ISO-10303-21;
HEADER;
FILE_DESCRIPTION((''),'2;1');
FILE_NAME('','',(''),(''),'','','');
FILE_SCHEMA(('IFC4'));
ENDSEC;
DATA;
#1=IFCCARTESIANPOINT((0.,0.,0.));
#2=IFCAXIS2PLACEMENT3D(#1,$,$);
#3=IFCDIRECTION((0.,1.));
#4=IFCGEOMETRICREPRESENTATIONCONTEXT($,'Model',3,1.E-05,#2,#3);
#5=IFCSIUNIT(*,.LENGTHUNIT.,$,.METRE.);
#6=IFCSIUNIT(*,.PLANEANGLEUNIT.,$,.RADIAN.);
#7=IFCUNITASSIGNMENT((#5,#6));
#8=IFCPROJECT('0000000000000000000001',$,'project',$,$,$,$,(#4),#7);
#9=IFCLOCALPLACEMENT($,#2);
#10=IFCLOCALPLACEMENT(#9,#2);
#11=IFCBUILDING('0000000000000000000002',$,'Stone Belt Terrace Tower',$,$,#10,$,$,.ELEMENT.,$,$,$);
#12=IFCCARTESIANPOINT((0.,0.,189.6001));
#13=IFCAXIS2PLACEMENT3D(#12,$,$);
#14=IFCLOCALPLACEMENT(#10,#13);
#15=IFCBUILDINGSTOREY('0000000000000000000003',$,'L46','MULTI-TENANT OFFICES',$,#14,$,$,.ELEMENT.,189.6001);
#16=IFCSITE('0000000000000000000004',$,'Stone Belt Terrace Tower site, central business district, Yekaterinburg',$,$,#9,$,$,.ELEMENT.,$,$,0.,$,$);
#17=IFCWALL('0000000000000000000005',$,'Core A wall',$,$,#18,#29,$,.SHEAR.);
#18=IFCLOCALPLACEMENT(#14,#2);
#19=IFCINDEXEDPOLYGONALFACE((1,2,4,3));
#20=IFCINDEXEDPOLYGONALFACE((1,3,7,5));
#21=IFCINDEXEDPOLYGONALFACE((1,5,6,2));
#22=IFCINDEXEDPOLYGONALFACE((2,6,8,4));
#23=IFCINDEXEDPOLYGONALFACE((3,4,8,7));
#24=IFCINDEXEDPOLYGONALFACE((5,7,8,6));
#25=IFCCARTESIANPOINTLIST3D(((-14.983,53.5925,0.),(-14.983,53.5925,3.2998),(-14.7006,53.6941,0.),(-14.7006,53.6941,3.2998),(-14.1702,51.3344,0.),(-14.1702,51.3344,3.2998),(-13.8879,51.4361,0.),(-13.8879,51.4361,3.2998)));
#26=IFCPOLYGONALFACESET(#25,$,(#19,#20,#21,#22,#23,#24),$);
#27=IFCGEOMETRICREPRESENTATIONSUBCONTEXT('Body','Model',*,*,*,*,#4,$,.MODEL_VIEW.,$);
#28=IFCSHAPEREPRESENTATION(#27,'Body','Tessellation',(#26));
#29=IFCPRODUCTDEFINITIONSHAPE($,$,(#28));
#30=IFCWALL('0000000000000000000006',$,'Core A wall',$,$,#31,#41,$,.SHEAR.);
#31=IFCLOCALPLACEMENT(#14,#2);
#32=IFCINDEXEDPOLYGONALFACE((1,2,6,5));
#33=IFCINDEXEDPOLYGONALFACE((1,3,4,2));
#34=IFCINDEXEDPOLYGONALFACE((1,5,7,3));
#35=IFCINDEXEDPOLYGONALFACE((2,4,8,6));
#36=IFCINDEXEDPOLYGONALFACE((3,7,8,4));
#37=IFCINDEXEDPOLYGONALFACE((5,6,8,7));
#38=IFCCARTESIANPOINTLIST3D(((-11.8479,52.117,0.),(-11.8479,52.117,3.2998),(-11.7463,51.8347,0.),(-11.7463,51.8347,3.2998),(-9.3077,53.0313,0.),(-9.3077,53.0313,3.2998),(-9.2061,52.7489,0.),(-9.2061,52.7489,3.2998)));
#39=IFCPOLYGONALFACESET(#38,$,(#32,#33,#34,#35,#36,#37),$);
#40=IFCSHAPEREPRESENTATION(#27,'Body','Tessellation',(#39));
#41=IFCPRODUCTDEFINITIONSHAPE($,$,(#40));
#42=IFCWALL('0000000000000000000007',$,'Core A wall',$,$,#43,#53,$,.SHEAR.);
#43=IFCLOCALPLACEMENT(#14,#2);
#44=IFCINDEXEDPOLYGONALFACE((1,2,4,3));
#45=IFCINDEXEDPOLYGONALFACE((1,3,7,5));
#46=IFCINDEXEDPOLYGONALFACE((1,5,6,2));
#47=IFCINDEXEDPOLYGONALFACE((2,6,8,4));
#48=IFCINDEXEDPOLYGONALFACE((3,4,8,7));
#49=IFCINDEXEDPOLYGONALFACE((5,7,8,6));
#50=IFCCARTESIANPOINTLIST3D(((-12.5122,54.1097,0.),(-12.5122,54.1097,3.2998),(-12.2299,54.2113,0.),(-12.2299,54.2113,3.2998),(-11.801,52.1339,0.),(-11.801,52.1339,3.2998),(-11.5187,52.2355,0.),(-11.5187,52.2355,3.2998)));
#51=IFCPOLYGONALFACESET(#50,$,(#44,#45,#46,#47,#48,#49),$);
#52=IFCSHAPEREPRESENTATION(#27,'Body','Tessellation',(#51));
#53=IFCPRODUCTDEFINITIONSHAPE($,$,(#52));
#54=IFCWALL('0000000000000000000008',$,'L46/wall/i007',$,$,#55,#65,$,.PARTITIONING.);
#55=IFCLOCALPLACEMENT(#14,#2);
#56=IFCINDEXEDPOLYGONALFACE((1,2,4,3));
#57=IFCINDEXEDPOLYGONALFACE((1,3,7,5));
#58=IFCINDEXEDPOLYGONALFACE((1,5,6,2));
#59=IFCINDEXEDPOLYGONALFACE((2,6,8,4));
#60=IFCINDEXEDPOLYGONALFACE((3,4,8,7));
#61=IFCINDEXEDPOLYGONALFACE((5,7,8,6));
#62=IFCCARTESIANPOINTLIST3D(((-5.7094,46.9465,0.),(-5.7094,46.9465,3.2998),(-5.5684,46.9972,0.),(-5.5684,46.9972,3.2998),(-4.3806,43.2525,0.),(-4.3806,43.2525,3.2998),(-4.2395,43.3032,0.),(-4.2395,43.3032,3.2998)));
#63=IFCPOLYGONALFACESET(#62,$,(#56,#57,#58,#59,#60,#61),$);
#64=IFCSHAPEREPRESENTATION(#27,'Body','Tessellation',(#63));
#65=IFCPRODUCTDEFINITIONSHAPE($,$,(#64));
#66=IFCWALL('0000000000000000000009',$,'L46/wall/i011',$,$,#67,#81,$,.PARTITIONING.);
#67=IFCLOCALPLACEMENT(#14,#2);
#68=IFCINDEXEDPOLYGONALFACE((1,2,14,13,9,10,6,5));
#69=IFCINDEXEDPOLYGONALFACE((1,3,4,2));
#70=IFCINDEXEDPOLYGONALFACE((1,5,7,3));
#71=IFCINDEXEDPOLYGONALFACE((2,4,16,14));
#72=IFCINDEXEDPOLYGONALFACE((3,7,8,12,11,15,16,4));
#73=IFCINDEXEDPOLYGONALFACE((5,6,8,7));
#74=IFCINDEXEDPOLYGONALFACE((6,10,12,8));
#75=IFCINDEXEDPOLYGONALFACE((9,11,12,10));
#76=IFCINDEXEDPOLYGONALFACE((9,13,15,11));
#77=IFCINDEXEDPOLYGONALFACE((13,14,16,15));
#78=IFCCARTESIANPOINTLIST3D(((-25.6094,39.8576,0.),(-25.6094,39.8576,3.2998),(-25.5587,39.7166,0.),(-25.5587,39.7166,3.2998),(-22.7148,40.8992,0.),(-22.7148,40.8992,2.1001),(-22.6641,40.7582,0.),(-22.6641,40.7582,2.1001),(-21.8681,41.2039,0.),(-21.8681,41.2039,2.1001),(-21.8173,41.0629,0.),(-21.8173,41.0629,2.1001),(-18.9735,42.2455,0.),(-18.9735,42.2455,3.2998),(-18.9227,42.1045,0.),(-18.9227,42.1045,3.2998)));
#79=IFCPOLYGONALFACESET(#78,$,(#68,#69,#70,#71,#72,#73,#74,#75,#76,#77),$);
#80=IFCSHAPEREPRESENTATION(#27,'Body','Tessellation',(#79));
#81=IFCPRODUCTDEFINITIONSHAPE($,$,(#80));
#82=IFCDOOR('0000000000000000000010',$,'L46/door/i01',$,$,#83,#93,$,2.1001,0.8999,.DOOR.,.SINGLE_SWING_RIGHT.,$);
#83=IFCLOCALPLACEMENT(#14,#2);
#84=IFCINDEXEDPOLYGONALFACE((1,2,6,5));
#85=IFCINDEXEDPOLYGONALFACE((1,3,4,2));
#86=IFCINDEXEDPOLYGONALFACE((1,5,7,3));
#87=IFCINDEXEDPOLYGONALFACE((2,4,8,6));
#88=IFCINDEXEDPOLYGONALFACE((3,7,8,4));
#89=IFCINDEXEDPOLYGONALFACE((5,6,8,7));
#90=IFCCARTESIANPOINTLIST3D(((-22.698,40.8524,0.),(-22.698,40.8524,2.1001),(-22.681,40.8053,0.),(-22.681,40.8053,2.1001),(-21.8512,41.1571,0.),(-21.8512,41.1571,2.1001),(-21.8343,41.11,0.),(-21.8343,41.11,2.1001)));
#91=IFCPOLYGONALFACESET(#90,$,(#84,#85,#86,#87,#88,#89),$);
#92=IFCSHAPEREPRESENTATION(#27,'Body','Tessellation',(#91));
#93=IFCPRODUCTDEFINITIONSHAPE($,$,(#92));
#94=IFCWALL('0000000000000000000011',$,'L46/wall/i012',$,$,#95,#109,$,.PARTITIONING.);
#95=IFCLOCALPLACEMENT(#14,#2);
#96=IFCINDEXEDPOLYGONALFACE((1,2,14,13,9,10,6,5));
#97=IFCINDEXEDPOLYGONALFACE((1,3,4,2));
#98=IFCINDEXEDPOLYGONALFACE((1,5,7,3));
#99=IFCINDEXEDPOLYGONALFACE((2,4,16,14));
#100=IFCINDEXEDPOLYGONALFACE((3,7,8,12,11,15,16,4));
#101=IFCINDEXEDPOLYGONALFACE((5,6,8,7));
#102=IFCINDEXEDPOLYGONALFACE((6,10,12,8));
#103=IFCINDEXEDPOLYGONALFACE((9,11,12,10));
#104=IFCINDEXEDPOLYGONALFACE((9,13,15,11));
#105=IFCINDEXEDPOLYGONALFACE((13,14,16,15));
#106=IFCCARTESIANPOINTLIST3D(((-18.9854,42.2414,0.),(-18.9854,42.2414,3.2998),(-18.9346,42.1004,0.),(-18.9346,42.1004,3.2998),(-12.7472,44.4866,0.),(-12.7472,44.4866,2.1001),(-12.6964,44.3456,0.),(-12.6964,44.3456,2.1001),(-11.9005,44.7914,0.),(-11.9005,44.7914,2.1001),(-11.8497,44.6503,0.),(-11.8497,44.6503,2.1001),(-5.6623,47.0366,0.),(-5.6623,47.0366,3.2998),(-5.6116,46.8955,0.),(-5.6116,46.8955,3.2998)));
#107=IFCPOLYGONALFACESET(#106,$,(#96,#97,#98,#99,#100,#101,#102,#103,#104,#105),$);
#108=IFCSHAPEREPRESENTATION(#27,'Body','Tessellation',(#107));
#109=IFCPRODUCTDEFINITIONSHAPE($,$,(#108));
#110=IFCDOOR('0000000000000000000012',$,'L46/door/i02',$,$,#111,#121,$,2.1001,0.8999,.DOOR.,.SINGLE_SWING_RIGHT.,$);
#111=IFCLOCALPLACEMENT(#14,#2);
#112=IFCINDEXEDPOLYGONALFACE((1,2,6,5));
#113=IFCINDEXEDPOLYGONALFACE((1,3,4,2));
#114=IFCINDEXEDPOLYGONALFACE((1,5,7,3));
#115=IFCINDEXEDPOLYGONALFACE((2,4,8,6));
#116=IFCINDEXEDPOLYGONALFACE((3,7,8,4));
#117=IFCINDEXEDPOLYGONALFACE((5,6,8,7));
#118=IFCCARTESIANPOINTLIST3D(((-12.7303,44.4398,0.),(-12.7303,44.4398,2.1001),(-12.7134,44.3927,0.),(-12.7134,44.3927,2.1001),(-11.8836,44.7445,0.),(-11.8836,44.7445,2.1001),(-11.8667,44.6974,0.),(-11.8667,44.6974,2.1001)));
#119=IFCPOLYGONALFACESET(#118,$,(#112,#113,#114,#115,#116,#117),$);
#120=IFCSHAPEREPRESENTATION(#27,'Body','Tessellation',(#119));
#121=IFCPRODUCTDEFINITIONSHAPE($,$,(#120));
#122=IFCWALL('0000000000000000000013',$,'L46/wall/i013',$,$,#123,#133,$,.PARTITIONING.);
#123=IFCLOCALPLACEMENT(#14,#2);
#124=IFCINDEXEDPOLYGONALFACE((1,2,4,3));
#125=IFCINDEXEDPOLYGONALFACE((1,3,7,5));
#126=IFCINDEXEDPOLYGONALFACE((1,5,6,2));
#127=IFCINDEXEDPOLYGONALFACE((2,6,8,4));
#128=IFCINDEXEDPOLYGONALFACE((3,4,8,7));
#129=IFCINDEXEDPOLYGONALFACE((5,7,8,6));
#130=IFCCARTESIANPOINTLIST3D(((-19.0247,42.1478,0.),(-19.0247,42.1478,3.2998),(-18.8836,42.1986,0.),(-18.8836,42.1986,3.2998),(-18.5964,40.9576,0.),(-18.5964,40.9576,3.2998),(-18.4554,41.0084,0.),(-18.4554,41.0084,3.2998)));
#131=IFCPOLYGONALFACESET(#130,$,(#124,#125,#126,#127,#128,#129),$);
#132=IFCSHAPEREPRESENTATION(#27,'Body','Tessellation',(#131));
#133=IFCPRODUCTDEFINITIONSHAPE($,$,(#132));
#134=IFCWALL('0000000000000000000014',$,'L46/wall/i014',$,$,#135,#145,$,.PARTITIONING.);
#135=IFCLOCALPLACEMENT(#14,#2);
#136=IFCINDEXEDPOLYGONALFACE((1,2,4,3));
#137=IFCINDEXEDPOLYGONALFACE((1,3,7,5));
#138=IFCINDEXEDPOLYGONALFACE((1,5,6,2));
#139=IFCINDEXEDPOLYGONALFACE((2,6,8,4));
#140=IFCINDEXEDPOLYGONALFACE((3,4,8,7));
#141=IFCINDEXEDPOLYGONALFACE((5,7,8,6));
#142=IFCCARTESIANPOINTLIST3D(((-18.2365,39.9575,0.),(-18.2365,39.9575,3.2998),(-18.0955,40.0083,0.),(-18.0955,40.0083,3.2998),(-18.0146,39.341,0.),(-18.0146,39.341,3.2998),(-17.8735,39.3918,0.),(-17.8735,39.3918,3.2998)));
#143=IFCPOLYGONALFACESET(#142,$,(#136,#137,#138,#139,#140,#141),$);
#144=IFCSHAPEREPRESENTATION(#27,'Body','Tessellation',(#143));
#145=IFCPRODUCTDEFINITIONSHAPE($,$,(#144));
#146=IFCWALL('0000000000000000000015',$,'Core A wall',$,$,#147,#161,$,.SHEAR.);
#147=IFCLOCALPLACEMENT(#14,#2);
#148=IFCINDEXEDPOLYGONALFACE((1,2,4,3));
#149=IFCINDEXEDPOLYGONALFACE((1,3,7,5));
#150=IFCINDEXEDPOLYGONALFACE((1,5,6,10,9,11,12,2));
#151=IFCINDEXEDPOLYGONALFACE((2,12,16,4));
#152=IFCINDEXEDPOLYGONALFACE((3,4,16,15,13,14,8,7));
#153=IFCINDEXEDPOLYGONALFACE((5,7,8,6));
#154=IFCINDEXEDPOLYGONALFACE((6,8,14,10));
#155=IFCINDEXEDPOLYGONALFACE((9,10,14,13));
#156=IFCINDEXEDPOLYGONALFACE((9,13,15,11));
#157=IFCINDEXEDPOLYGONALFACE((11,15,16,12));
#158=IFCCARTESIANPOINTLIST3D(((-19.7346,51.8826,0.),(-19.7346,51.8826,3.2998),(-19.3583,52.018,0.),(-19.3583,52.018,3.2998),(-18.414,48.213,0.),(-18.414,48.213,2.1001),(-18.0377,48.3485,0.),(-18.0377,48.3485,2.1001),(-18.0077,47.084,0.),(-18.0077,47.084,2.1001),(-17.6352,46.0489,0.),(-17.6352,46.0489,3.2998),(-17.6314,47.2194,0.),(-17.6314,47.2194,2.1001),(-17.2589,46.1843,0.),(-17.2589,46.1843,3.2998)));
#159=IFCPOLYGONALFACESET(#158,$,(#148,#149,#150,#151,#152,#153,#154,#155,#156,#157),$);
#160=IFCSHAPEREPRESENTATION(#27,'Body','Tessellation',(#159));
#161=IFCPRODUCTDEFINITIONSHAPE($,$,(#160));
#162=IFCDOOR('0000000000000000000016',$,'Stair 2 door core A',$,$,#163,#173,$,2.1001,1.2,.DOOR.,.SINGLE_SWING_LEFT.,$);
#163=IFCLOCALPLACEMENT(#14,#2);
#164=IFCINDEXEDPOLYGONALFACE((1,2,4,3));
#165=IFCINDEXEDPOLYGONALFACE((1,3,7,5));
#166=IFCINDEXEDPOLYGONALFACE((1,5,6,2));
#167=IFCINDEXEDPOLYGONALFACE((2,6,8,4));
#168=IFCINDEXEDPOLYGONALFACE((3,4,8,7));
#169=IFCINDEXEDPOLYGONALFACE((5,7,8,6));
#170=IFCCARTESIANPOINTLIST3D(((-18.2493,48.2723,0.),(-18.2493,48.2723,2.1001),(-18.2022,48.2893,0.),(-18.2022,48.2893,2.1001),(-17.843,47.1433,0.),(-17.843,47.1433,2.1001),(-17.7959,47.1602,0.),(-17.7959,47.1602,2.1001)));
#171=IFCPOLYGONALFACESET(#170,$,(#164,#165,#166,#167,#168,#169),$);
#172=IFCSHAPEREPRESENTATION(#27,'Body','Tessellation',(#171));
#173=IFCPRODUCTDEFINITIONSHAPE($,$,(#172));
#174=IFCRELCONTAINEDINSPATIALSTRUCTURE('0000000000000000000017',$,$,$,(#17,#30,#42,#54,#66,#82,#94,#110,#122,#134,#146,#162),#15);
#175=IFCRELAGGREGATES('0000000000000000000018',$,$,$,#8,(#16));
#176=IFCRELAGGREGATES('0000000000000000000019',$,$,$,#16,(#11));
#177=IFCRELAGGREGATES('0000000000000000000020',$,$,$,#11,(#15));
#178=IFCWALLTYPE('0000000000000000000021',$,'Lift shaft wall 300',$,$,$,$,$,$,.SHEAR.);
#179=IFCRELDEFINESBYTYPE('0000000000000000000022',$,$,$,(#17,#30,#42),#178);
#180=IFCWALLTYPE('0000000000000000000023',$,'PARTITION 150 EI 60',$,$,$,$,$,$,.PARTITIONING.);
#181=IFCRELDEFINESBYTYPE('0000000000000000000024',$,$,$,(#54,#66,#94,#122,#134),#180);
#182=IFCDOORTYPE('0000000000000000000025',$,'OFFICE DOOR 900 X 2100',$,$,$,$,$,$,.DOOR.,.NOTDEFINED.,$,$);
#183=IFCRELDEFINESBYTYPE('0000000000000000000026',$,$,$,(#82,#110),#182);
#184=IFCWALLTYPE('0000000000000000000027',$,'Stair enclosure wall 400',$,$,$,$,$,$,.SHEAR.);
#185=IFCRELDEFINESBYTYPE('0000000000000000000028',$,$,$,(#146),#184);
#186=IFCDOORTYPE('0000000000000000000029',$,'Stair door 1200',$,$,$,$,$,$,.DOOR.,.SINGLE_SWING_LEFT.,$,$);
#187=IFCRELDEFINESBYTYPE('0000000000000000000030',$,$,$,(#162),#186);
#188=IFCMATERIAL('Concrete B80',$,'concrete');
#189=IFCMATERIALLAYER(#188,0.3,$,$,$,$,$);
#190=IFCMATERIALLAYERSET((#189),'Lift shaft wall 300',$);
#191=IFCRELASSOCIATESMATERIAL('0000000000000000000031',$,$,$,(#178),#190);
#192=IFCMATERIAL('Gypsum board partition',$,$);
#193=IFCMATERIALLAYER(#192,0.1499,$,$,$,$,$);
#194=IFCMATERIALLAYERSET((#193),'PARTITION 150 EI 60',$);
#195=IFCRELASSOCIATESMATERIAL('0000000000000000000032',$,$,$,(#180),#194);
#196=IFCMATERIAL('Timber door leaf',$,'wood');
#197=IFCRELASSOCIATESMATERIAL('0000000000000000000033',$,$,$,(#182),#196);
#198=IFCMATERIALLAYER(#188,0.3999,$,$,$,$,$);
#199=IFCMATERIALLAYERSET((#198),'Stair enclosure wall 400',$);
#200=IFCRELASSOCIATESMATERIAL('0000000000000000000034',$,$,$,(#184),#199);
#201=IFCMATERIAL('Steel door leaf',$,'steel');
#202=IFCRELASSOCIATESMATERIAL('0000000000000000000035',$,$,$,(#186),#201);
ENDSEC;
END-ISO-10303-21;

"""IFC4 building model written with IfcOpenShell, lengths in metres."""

from ifc_helpers import new_model, si_unit, direction, frame, frame_2d, origin, place, context, subcontext, project, spatial, rectangle, extrude, material, layer, layer_set, type_object, element, fill, save


model = new_model("IFC4")

# Units and contexts
model_context = context("Model", 3, precision=1e-05, world=origin(), true_north=direction((0.0, 1.0)))
body_context = subcontext(model_context, "Body", "Model", "MODEL_VIEW")
ifc_project = project(units=[si_unit("LENGTHUNIT", "METRE"), si_unit("PLANEANGLEUNIT", "RADIAN")], contexts=[model_context])

# Site, building, storey
site_placement = place(None, origin())
site = spatial("IfcSite", under=ifc_project, at=site_placement, Name="Stone Belt Terrace Tower site, central business district, Yekaterinburg", CompositionType="ELEMENT", RefElevation=0.0)
building_placement = place(site_placement, origin())
building = spatial("IfcBuilding", under=site, at=building_placement, Name="Stone Belt Terrace Tower", CompositionType="ELEMENT")
storey_placement = place(building_placement, frame((0.0, 0.0, 189.6001)))
storey = spatial("IfcBuildingStorey", under=building, at=storey_placement, Name="L46", Description="MULTI-TENANT OFFICES", CompositionType="ELEMENT", Elevation=189.6001)

# Shared definitions
ifc_material_1 = material(Name="Concrete B80", Category="concrete")

# Shared definitions
ifc_material_2 = material(Name="Timber door leaf", Category="wood")

# Walls
ifc_layer_1 = layer(ifc_material_1, 0.3)
ifc_layer_set_1 = layer_set([ifc_layer_1], Name="Lift shaft wall 300")
wall_type_1 = type_object("IfcWallType", Name="Lift shaft wall 300", PredefinedType="SHEAR", material=ifc_layer_set_1)
wall_1_placement = place(storey_placement, frame((-14.0291, 51.3853, 0.0), z_axis=(0.0, 0.0, 1.0), x_axis=(-0.338662, 0.940908, 0.0)))
element("IfcWall", 1, at=wall_1_placement, inside=storey, type_object=wall_type_1, Name="Core A wall", PredefinedType="SHEAR", context=body_context, shape_type="SweptSolid", body=[
    extrude(rectangle(XDim=2.3999, YDim=0.3, at=frame_2d((1.2, 0.0))), origin(), (0.0, 0.0, 1.0), 3.2998),
])
wall_2_placement = place(storey_placement, frame((-11.7971, 51.9758, 0.0), z_axis=(0.0, 0.0, 1.0), x_axis=(0.94091, 0.338655, 0.0)))
element("IfcWall", 2, at=wall_2_placement, inside=storey, type_object=wall_type_1, Name="Core A wall", PredefinedType="SHEAR", context=body_context, shape_type="SweptSolid", body=[
    extrude(rectangle(XDim=2.6997, YDim=0.3, at=frame_2d((1.3499, 0.0))), origin(), (0.0, 0.0, 1.0), 3.2998),
])
wall_3_placement = place(storey_placement, frame((-11.6599, 52.1848, 0.0), z_axis=(0.0, 0.0, 1.0), x_axis=(-0.33867, 0.940905, 0.0)))
element("IfcWall", 3, at=wall_3_placement, inside=storey, type_object=wall_type_1, Name="Core A wall", PredefinedType="SHEAR", context=body_context, shape_type="SweptSolid", body=[
    extrude(rectangle(XDim=2.0999, YDim=0.3, at=frame_2d((1.0498, 0.0))), origin(), (0.0, 0.0, 1.0), 3.2998),
])
ifc_material_3 = material(Name="Gypsum board partition")
ifc_layer_2 = layer(ifc_material_3, 0.1499)
ifc_layer_set_2 = layer_set([ifc_layer_2], Name="PARTITION 150 EI 60")
wall_type_2 = type_object("IfcWallType", Name="PARTITION 150 EI 60", PredefinedType="PARTITIONING", material=ifc_layer_set_2)
wall_4_placement = place(storey_placement, frame((-4.3101, 43.2778, 0.0), z_axis=(0.0, 0.0, 1.0), x_axis=(-0.33849, 0.94097, 0.0)))
element("IfcWall", 4, at=wall_4_placement, inside=storey, type_object=wall_type_2, Name="L46/wall/i007", PredefinedType="PARTITIONING", context=body_context, shape_type="SweptSolid", body=[
    extrude(rectangle(XDim=3.9258, YDim=0.1499, at=frame_2d((1.9629, 0.0))), origin(), (0.0, 0.0, 1.0), 3.2998),
])

# Walls, openings, doors
wall_5_placement = place(storey_placement, frame((-18.948, 42.175, 0.0), z_axis=(0.0, 0.0, 1.0), x_axis=(-0.940933, -0.338592, 0.0)))
wall_5 = element("IfcWall", 5, at=wall_5_placement, inside=storey, type_object=wall_type_2, Name="L46/wall/i011", PredefinedType="PARTITIONING", context=body_context, shape_type="SweptSolid", body=[
    extrude(rectangle(XDim=7.0525, YDim=0.1499, at=frame_2d((3.5264, 0.0))), origin(), (0.0, 0.0, 1.0), 3.2998),
])
opening_1_placement = place(wall_5_placement, frame((3.0764, 0.0, 0.0)))
opening_1 = element("IfcOpeningElement", 6, at=opening_1_placement, cuts=wall_5, PredefinedType="OPENING", context=body_context, shape_type="SweptSolid", body=[
    extrude(rectangle(XDim=0.8999, YDim=2.1001, at=frame_2d((0.45, 1.05))), frame((0.0, 0.085, 0.0), z_axis=(0.0, -1.0, 0.0), x_axis=(1.0, 0.0, 0.0)), (0.0, 0.0, 1.0), 0.1699),
])
door_type_1 = type_object("IfcDoorType", Name="OFFICE DOOR 900 X 2100", OperationType="NOTDEFINED", PredefinedType="DOOR", material=ifc_material_2)
door_1_placement = place(opening_1_placement, origin())
door_1 = element("IfcDoor", 7, at=door_1_placement, inside=storey, type_object=door_type_1, Name="L46/door/i01", OperationType="SINGLE_SWING_RIGHT", OverallHeight=2.1001, OverallWidth=0.8999, PredefinedType="DOOR", context=body_context, shape_type="SweptSolid", body=[
    extrude(rectangle(XDim=0.8999, YDim=2.1001, at=frame_2d((0.45, 1.05))), frame((0.0, 0.0249, 0.0), z_axis=(0.0, -1.0, 0.0), x_axis=(1.0, 0.0, 0.0)), (0.0, 0.0, 1.0), 0.05),
])
fill(opening_1, door_1)
wall_6_placement = place(storey_placement, frame((-5.637, 46.9661, 0.0), z_axis=(0.0, 0.0, 1.0), x_axis=(-0.940912, -0.33865, 0.0)))
wall_6 = element("IfcWall", 8, at=wall_6_placement, inside=storey, type_object=wall_type_2, Name="L46/wall/i012", PredefinedType="PARTITIONING", context=body_context, shape_type="SweptSolid", body=[
    extrude(rectangle(XDim=14.1597, YDim=0.1499, at=frame_2d((7.0798, 0.0))), origin(), (0.0, 0.0, 1.0), 3.2998),
])
opening_2_placement = place(wall_6_placement, frame((6.6299, 0.0, 0.0)))
opening_2 = element("IfcOpeningElement", 9, at=opening_2_placement, cuts=wall_6, PredefinedType="OPENING", context=body_context, shape_type="SweptSolid", body=[
    extrude(rectangle(XDim=0.8999, YDim=2.1001, at=frame_2d((0.45, 1.05))), frame((0.0, 0.085, 0.0), z_axis=(0.0, -1.0, 0.0), x_axis=(1.0, 0.0, 0.0)), (0.0, 0.0, 1.0), 0.1699),
])
door_2_placement = place(opening_2_placement, origin())
door_2 = element("IfcDoor", 10, at=door_2_placement, inside=storey, type_object=door_type_1, Name="L46/door/i02", OperationType="SINGLE_SWING_RIGHT", OverallHeight=2.1001, OverallWidth=0.8999, PredefinedType="DOOR", context=body_context, shape_type="SweptSolid", body=[
    extrude(rectangle(XDim=0.8999, YDim=2.1001, at=frame_2d((0.45, 1.05))), frame((0.0, 0.0249, 0.0), z_axis=(0.0, -1.0, 0.0), x_axis=(1.0, 0.0, 0.0)), (0.0, 0.0, 1.0), 0.05),
])
fill(opening_2, door_2)

# Walls
wall_7_placement = place(storey_placement, frame((-18.9541, 42.1731, 0.0), z_axis=(0.0, 0.0, 1.0), x_axis=(0.338549, -0.940949, 0.0)))
element("IfcWall", 11, at=wall_7_placement, inside=storey, type_object=wall_type_2, Name="L46/wall/i013", PredefinedType="PARTITIONING", context=body_context, shape_type="SweptSolid", body=[
    extrude(rectangle(XDim=1.2649, YDim=0.1499, at=frame_2d((0.6323, 0.0))), origin(), (0.0, 0.0, 1.0), 3.2998),
])
wall_8_placement = place(storey_placement, frame((-18.166, 39.9829, 0.0), z_axis=(0.0, 0.0, 1.0), x_axis=(0.338719, -0.940887, 0.0)))
element("IfcWall", 12, at=wall_8_placement, inside=storey, type_object=wall_type_2, Name="L46/wall/i014", PredefinedType="PARTITIONING", context=body_context, shape_type="SweptSolid", body=[
    extrude(rectangle(XDim=0.6553, YDim=0.1499, at=frame_2d((0.3276, 0.0))), origin(), (0.0, 0.0, 1.0), 3.2998),
])

# Wall, opening, door
ifc_layer_3 = layer(ifc_material_1, 0.3999)
ifc_layer_set_3 = layer_set([ifc_layer_3], Name="Stair enclosure wall 400")
wall_type_3 = type_object("IfcWallType", Name="Stair enclosure wall 400", PredefinedType="SHEAR", material=ifc_layer_set_3)
wall_9_placement = place(storey_placement, frame((-17.447, 46.1165, 0.0), z_axis=(0.0, 0.0, 1.0), x_axis=(-0.338608, 0.940928, 0.0)))
wall_9 = element("IfcWall", 13, at=wall_9_placement, inside=storey, type_object=wall_type_3, Name="Core A wall", PredefinedType="SHEAR", context=body_context, shape_type="SweptSolid", body=[
    extrude(rectangle(XDim=6.2, YDim=0.3999, at=frame_2d((3.1001, 0.0))), origin(), (0.0, 0.0, 1.0), 3.2998),
])
opening_3_placement = place(wall_9_placement, frame((1.1001, 0.0, 0.0)))
opening_3 = element("IfcOpeningElement", 14, at=opening_3_placement, cuts=wall_9, PredefinedType="OPENING", context=body_context, shape_type="SweptSolid", body=[
    extrude(rectangle(XDim=1.2, YDim=2.1001, at=frame_2d((0.6001, 1.05))), frame((0.0, 0.21, 0.0), z_axis=(0.0, -1.0, 0.0), x_axis=(1.0, 0.0, 0.0)), (0.0, 0.0, 1.0), 0.4199),
])
ifc_material_4 = material(Name="Steel door leaf", Category="steel")
door_type_2 = type_object("IfcDoorType", Name="Stair door 1200", OperationType="SINGLE_SWING_LEFT", PredefinedType="DOOR", material=ifc_material_4)
door_3_placement = place(opening_3_placement, origin())
door_3 = element("IfcDoor", 15, at=door_3_placement, inside=storey, type_object=door_type_2, Name="Stair 2 door core A", OperationType="SINGLE_SWING_LEFT", OverallHeight=2.1001, OverallWidth=1.2, PredefinedType="DOOR", context=body_context, shape_type="SweptSolid", body=[
    extrude(rectangle(XDim=1.2, YDim=2.1001, at=frame_2d((0.6001, 1.05))), frame((0.0, 0.0249, 0.0), z_axis=(0.0, -1.0, 0.0), x_axis=(1.0, 0.0, 0.0)), (0.0, 0.0, 1.0), 0.05),
])
fill(opening_3, door_3)

save(model, "model.ifc")
